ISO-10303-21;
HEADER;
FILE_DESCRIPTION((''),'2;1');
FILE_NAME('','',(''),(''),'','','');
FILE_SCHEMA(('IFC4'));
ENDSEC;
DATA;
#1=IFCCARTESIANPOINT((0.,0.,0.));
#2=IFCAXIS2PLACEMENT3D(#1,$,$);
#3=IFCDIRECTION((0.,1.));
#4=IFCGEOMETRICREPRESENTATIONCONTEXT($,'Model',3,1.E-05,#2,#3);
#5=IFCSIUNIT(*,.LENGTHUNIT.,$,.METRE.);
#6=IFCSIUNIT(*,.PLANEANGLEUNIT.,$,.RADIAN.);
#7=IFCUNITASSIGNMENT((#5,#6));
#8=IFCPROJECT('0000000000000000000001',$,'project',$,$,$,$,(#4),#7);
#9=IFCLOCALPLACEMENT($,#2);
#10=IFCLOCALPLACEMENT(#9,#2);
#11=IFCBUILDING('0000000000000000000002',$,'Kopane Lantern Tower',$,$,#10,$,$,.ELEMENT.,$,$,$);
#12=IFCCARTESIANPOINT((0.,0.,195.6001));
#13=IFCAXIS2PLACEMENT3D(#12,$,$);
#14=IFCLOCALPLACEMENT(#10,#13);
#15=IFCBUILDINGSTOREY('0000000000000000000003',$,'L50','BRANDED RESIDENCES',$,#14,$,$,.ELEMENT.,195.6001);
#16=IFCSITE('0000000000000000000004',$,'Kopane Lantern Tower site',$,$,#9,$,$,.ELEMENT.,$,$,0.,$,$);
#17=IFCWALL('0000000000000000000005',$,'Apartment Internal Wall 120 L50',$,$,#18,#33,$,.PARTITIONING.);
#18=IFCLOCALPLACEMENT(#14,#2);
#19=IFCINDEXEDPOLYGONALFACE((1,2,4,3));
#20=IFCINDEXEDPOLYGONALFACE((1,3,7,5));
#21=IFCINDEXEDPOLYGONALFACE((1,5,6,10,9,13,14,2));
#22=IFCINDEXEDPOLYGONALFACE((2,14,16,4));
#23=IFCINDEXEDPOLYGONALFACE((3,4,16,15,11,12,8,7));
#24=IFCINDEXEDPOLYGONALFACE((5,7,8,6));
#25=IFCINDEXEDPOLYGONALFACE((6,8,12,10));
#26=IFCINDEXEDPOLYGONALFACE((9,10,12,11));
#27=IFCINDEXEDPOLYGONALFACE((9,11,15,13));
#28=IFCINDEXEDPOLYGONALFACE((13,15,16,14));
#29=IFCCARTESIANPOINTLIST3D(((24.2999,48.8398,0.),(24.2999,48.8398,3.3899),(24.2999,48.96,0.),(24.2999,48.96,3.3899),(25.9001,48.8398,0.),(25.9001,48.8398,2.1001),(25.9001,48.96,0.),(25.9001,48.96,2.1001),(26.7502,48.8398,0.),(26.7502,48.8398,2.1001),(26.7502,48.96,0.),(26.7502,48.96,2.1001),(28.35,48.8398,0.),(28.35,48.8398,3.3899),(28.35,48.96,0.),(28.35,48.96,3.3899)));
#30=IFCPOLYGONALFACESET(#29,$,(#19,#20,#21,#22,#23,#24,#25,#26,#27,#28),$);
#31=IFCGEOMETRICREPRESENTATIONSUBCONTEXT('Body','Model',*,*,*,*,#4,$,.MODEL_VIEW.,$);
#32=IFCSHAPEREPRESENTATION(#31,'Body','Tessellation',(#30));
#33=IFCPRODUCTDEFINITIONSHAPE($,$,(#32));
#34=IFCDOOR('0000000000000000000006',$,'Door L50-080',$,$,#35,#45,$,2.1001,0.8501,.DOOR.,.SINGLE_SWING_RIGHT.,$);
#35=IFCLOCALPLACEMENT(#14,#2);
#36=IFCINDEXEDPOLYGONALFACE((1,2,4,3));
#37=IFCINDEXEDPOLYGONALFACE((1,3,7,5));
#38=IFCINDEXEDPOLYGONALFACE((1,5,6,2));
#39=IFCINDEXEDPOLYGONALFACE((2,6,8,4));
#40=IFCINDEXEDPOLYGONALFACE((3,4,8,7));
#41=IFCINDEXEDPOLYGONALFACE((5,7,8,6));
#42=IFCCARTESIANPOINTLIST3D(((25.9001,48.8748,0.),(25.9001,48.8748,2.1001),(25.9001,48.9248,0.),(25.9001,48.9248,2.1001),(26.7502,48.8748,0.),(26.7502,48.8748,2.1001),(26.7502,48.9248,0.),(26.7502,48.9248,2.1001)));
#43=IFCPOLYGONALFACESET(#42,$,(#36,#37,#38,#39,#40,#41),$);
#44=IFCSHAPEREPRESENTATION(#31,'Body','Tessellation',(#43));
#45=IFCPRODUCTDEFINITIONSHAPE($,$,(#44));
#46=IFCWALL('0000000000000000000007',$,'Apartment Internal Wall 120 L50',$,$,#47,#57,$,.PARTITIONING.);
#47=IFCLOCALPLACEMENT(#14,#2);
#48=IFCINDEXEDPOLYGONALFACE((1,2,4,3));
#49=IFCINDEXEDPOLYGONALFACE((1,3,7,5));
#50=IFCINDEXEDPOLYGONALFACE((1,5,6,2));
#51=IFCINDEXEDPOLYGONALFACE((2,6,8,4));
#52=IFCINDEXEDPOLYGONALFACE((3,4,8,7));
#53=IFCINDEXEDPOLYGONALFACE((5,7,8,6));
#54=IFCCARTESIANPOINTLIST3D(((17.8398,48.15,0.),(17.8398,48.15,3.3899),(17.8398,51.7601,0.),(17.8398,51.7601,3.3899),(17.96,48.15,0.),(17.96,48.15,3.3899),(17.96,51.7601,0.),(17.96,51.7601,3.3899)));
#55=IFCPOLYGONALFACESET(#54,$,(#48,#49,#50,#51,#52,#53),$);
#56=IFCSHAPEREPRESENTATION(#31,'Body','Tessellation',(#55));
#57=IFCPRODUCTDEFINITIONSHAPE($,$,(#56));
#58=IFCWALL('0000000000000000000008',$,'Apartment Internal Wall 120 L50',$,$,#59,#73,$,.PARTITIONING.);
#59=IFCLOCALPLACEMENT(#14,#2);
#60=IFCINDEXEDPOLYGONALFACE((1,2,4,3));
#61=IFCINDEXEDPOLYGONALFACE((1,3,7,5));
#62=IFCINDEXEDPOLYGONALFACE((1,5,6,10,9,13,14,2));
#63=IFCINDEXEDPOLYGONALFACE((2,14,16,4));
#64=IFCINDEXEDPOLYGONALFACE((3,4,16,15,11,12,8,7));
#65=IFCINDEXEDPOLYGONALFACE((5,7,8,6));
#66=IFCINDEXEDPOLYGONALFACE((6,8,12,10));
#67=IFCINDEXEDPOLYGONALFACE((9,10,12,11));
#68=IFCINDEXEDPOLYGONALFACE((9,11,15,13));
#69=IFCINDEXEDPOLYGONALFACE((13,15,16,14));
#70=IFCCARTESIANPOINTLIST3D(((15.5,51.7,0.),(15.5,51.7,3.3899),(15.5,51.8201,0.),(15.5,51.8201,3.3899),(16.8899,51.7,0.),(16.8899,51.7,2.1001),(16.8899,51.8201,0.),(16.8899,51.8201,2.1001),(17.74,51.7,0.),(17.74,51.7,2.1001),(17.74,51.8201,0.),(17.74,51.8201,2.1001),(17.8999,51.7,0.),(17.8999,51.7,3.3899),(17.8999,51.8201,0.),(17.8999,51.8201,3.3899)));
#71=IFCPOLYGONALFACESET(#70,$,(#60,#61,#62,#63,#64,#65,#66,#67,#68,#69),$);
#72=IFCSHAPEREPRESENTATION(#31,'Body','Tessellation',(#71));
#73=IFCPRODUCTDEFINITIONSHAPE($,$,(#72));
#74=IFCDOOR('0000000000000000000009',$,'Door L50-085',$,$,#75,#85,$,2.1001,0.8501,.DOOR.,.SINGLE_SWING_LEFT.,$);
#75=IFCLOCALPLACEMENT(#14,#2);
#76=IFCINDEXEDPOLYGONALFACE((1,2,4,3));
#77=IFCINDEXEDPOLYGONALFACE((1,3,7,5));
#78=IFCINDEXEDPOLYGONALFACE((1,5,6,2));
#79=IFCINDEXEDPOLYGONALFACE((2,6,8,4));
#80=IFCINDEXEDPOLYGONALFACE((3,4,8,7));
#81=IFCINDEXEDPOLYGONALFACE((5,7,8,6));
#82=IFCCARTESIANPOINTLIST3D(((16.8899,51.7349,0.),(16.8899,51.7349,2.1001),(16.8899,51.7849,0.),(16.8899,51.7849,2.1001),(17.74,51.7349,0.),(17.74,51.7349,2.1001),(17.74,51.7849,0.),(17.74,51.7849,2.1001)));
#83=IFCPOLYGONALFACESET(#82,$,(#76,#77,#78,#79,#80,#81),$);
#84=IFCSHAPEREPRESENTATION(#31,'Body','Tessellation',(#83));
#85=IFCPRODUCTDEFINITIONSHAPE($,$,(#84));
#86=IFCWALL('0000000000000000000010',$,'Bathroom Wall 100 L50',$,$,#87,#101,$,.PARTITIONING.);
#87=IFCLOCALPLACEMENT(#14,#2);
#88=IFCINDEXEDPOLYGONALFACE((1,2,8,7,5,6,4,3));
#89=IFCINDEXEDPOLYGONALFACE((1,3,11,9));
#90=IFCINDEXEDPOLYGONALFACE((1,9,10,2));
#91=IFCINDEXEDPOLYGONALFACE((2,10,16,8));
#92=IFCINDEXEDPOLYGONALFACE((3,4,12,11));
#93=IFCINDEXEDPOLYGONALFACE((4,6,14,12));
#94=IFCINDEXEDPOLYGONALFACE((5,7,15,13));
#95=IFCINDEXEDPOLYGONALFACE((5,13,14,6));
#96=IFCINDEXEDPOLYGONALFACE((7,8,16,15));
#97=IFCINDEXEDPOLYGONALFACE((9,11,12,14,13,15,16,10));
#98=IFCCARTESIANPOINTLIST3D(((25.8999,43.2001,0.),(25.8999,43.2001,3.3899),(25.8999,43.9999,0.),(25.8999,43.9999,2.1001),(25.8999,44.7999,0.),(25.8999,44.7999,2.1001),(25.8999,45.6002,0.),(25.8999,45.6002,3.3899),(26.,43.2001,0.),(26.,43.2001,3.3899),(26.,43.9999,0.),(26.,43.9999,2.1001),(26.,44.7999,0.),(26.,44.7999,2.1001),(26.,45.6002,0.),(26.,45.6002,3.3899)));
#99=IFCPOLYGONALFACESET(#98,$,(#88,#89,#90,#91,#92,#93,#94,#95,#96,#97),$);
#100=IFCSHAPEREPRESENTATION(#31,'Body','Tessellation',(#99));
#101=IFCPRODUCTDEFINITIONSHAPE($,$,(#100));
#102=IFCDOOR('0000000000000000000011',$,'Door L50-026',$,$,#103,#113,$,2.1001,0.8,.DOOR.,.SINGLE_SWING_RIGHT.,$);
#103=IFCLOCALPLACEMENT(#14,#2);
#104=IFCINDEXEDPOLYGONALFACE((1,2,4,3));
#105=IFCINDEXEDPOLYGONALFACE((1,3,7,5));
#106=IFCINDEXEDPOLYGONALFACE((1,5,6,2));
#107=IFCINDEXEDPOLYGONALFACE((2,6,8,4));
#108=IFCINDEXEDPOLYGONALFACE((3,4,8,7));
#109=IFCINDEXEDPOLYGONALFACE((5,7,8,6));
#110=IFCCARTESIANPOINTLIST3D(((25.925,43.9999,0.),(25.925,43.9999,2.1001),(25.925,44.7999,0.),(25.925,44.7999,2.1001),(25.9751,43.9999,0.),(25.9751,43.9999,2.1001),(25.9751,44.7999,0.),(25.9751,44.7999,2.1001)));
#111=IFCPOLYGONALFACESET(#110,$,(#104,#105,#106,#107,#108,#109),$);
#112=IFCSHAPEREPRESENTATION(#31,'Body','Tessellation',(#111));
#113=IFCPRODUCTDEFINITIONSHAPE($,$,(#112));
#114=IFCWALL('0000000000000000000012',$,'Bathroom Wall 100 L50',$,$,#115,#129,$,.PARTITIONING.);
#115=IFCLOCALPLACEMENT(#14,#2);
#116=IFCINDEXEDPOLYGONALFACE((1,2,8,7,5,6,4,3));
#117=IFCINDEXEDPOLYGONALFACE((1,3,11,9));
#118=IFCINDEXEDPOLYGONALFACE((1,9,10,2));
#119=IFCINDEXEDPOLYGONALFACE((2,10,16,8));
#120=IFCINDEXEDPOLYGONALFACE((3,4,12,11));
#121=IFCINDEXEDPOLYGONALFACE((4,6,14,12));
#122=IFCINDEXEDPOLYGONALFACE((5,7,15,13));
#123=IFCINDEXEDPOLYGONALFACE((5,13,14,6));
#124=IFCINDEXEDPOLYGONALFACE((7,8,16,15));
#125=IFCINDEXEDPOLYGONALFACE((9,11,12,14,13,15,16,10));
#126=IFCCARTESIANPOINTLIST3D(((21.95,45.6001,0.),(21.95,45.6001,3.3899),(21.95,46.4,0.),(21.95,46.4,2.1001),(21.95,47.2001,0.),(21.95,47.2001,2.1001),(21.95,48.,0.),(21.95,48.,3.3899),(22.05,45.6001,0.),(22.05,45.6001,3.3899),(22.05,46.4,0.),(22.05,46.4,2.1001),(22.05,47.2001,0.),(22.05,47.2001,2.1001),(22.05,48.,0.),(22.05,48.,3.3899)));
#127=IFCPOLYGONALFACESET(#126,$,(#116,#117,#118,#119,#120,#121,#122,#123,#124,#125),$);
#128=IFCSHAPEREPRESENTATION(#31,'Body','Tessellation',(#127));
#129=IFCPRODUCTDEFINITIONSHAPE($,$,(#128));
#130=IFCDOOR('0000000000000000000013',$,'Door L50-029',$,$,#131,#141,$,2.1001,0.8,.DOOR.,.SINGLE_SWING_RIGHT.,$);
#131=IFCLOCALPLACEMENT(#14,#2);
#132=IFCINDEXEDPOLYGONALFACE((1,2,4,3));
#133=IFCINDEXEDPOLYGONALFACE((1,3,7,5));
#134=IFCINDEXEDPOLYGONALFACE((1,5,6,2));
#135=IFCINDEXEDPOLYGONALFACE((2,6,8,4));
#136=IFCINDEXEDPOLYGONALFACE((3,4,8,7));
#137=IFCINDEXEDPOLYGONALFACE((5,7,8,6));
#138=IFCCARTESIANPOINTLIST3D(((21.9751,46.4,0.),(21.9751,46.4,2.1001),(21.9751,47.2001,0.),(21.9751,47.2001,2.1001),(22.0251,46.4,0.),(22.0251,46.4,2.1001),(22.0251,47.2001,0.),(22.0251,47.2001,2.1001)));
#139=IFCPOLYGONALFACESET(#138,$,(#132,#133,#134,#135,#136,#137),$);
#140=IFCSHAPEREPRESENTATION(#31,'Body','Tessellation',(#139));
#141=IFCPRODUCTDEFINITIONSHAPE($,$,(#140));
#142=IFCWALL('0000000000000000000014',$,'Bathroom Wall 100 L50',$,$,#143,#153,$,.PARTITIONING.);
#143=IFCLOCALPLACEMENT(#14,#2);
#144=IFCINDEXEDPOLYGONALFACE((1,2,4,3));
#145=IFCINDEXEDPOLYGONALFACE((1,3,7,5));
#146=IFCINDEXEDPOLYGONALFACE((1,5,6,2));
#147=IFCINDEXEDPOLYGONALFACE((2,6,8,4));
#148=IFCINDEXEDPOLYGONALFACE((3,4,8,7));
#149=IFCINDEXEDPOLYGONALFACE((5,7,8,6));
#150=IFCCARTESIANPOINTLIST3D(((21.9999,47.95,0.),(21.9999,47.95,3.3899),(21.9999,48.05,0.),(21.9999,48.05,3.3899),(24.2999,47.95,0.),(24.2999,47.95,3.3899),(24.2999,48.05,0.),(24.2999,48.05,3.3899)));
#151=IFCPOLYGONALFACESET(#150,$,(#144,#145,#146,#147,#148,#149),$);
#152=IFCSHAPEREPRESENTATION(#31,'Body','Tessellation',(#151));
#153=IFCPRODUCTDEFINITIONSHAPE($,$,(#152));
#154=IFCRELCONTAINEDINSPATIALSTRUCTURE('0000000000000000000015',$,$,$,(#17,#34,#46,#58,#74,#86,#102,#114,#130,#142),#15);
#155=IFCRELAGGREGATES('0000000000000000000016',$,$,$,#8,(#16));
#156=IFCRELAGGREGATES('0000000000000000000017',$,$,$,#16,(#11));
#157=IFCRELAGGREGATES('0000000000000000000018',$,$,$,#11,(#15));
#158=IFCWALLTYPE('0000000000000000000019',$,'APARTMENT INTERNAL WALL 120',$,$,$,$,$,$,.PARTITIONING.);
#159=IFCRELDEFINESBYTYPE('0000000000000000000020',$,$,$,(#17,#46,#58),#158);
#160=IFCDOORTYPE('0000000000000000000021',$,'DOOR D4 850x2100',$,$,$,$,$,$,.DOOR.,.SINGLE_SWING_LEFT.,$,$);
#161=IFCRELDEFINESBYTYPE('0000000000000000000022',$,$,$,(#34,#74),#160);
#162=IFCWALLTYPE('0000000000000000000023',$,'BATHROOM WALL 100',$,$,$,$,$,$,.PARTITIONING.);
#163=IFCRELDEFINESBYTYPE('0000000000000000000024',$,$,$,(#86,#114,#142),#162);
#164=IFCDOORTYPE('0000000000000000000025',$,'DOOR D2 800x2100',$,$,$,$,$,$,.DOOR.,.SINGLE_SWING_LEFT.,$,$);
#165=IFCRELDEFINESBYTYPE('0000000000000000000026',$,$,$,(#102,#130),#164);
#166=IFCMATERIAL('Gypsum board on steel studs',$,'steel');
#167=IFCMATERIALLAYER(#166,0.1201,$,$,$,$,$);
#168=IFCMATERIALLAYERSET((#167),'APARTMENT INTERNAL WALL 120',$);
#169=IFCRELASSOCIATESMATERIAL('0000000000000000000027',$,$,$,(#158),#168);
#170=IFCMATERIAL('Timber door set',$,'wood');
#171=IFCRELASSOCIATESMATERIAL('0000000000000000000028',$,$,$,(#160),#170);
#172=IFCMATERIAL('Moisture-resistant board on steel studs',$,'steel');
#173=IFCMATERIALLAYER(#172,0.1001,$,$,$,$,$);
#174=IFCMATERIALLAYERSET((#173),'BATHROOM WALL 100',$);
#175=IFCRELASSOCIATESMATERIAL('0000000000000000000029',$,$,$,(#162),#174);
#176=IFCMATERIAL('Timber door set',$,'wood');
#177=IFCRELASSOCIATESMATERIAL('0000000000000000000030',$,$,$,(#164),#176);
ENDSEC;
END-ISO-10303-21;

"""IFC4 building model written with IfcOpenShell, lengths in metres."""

from ifc_helpers import new_model, si_unit, direction, frame, frame_2d, origin, place, context, subcontext, project, spatial, rectangle, extrude, material, layer, layer_set, type_object, element, fill, save


model = new_model("IFC4")

# Units and contexts
model_context = context("Model", 3, precision=1e-05, world=origin(), true_north=direction((0.0, 1.0)))
body_context = subcontext(model_context, "Body", "Model", "MODEL_VIEW")
ifc_project = project(units=[si_unit("LENGTHUNIT", "METRE"), si_unit("PLANEANGLEUNIT", "RADIAN")], contexts=[model_context])

# Site, building, storey
site_placement = place(None, origin())
site = spatial("IfcSite", under=ifc_project, at=site_placement, Name="Kopane Lantern Tower site", CompositionType="ELEMENT", RefElevation=0.0)
building_placement = place(site_placement, origin())
building = spatial("IfcBuilding", under=site, at=building_placement, Name="Kopane Lantern Tower", CompositionType="ELEMENT")
storey_placement = place(building_placement, frame((0.0, 0.0, 195.6001)))
storey = spatial("IfcBuildingStorey", under=building, at=storey_placement, Name="L50", Description="BRANDED RESIDENCES", CompositionType="ELEMENT", Elevation=195.6001)

# Shared definitions
ifc_material_1 = material(Name="Gypsum board on steel studs", Category="steel")
ifc_layer_1 = layer(ifc_material_1, 0.1201)
ifc_layer_set_1 = layer_set([ifc_layer_1], Name="APARTMENT INTERNAL WALL 120")
wall_type_1 = type_object("IfcWallType", Name="APARTMENT INTERNAL WALL 120", PredefinedType="PARTITIONING", material=ifc_layer_set_1)

# Wall, opening, door
ifc_material_2 = material(Name="Timber door set", Category="wood")
door_type_1 = type_object("IfcDoorType", Name="DOOR D4 850x2100", OperationType="SINGLE_SWING_LEFT", PredefinedType="DOOR", material=ifc_material_2)
wall_1_placement = place(storey_placement, frame((24.3, 48.8999, 0.0), z_axis=(0.0, 0.0, 1.0), x_axis=(1.0, 0.0, 0.0)))
wall_1 = element("IfcWall", 1, at=wall_1_placement, inside=storey, type_object=wall_type_1, Name="Apartment Internal Wall 120 L50", PredefinedType="PARTITIONING", context=body_context, shape_type="SweptSolid", body=[
    extrude(rectangle(XDim=4.05, YDim=0.1201, at=frame_2d((2.0249, 0.0))), origin(), (0.0, 0.0, 1.0), 3.3899),
])
opening_1_placement = place(wall_1_placement, frame((1.6001, 0.0, 0.0)))
opening_1 = element("IfcOpeningElement", 2, at=opening_1_placement, cuts=wall_1, PredefinedType="OPENING", context=body_context, shape_type="SweptSolid", body=[
    extrude(rectangle(XDim=0.8501, YDim=2.1001, at=frame_2d((0.425, 1.05))), frame((0.0, 0.0701, 0.0), z_axis=(0.0, -1.0, 0.0), x_axis=(1.0, 0.0, 0.0)), (0.0, 0.0, 1.0), 0.1401),
])
door_1_placement = place(opening_1_placement, origin())
door_1 = element("IfcDoor", 3, at=door_1_placement, inside=storey, type_object=door_type_1, Name="Door L50-080", OperationType="SINGLE_SWING_RIGHT", OverallHeight=2.1001, OverallWidth=0.8501, PredefinedType="DOOR", context=body_context, shape_type="SweptSolid", body=[
    extrude(rectangle(XDim=0.8501, YDim=2.1001, at=frame_2d((0.425, 1.05))), frame((0.0, 0.0249, 0.0), z_axis=(0.0, -1.0, 0.0), x_axis=(1.0, 0.0, 0.0)), (0.0, 0.0, 1.0), 0.05),
])
fill(opening_1, door_1)

# Wall
wall_2_placement = place(storey_placement, frame((17.8999, 48.1499, 0.0), z_axis=(0.0, 0.0, 1.0), x_axis=(0.0, 1.0, 0.0)))
element("IfcWall", 4, at=wall_2_placement, inside=storey, type_object=wall_type_1, Name="Apartment Internal Wall 120 L50", PredefinedType="PARTITIONING", context=body_context, shape_type="SweptSolid", body=[
    extrude(rectangle(XDim=3.6101, YDim=0.1201, at=frame_2d((1.8052, 0.0))), origin(), (0.0, 0.0, 1.0), 3.3899),
])

# Walls, openings, doors
wall_3_placement = place(storey_placement, frame((15.5, 51.76, 0.0), z_axis=(0.0, 0.0, 1.0), x_axis=(1.0, 0.0, 0.0)))
wall_3 = element("IfcWall", 5, at=wall_3_placement, inside=storey, type_object=wall_type_1, Name="Apartment Internal Wall 120 L50", PredefinedType="PARTITIONING", context=body_context, shape_type="SweptSolid", body=[
    extrude(rectangle(XDim=2.3999, YDim=0.1201, at=frame_2d((1.2, 0.0))), origin(), (0.0, 0.0, 1.0), 3.3899),
])
opening_2_placement = place(wall_3_placement, frame((1.3899, 0.0, 0.0)))
opening_2 = element("IfcOpeningElement", 6, at=opening_2_placement, cuts=wall_3, PredefinedType="OPENING", context=body_context, shape_type="SweptSolid", body=[
    extrude(rectangle(XDim=0.8501, YDim=2.1001, at=frame_2d((0.425, 1.05))), frame((0.0, 0.0701, 0.0), z_axis=(0.0, -1.0, 0.0), x_axis=(1.0, 0.0, 0.0)), (0.0, 0.0, 1.0), 0.1401),
])
door_2_placement = place(opening_2_placement, origin())
door_2 = element("IfcDoor", 7, at=door_2_placement, inside=storey, type_object=door_type_1, Name="Door L50-085", OperationType="SINGLE_SWING_LEFT", OverallHeight=2.1001, OverallWidth=0.8501, PredefinedType="DOOR", context=body_context, shape_type="SweptSolid", body=[
    extrude(rectangle(XDim=0.8501, YDim=2.1001, at=frame_2d((0.425, 1.05))), frame((0.0, 0.0249, 0.0), z_axis=(0.0, -1.0, 0.0), x_axis=(1.0, 0.0, 0.0)), (0.0, 0.0, 1.0), 0.05),
])
fill(opening_2, door_2)
ifc_material_3 = material(Name="Moisture-resistant board on steel studs", Category="steel")
ifc_layer_2 = layer(ifc_material_3, 0.1001)
ifc_layer_set_2 = layer_set([ifc_layer_2], Name="BATHROOM WALL 100")
wall_type_2 = type_object("IfcWallType", Name="BATHROOM WALL 100", PredefinedType="PARTITIONING", material=ifc_layer_set_2)
wall_4_placement = place(storey_placement, frame((25.95, 43.2, 0.0), z_axis=(0.0, 0.0, 1.0), x_axis=(0.0, 1.0, 0.0)))
wall_4 = element("IfcWall", 8, at=wall_4_placement, inside=storey, type_object=wall_type_2, Name="Bathroom Wall 100 L50", PredefinedType="PARTITIONING", context=body_context, shape_type="SweptSolid", body=[
    extrude(rectangle(XDim=2.4001, YDim=0.1001, at=frame_2d((1.2002, 0.0))), origin(), (0.0, 0.0, 1.0), 3.3899),
])
opening_3_placement = place(wall_4_placement, frame((0.8, 0.0, 0.0)))
opening_3 = element("IfcOpeningElement", 9, at=opening_3_placement, cuts=wall_4, PredefinedType="OPENING", context=body_context, shape_type="SweptSolid", body=[
    extrude(rectangle(XDim=0.8, YDim=2.1001, at=frame_2d((0.3999, 1.05))), frame((0.0, 0.0601, 0.0), z_axis=(0.0, -1.0, 0.0), x_axis=(1.0, 0.0, 0.0)), (0.0, 0.0, 1.0), 0.1201),
])
ifc_material_4 = material(Name="Timber door set", Category="wood")
door_type_2 = type_object("IfcDoorType", Name="DOOR D2 800x2100", OperationType="SINGLE_SWING_LEFT", PredefinedType="DOOR", material=ifc_material_4)
door_3_placement = place(opening_3_placement, origin())
door_3 = element("IfcDoor", 10, at=door_3_placement, inside=storey, type_object=door_type_2, Name="Door L50-026", OperationType="SINGLE_SWING_RIGHT", OverallHeight=2.1001, OverallWidth=0.8, PredefinedType="DOOR", context=body_context, shape_type="SweptSolid", body=[
    extrude(rectangle(XDim=0.8, YDim=2.1001, at=frame_2d((0.3999, 1.05))), frame((0.0, 0.0249, 0.0), z_axis=(0.0, -1.0, 0.0), x_axis=(1.0, 0.0, 0.0)), (0.0, 0.0, 1.0), 0.05),
])
fill(opening_3, door_3)
wall_5_placement = place(storey_placement, frame((22.0, 45.6001, 0.0), z_axis=(0.0, 0.0, 1.0), x_axis=(0.0, 1.0, 0.0)))
wall_5 = element("IfcWall", 11, at=wall_5_placement, inside=storey, type_object=wall_type_2, Name="Bathroom Wall 100 L50", PredefinedType="PARTITIONING", context=body_context, shape_type="SweptSolid", body=[
    extrude(rectangle(XDim=2.3999, YDim=0.1001, at=frame_2d((1.2, 0.0))), origin(), (0.0, 0.0, 1.0), 3.3899),
])
opening_4_placement = place(wall_5_placement, frame((0.8, 0.0, 0.0)))
opening_4 = element("IfcOpeningElement", 12, at=opening_4_placement, cuts=wall_5, PredefinedType="OPENING", context=body_context, shape_type="SweptSolid", body=[
    extrude(rectangle(XDim=0.8, YDim=2.1001, at=frame_2d((0.3999, 1.05))), frame((0.0, 0.0601, 0.0), z_axis=(0.0, -1.0, 0.0), x_axis=(1.0, 0.0, 0.0)), (0.0, 0.0, 1.0), 0.1201),
])
door_4_placement = place(opening_4_placement, origin())
door_4 = element("IfcDoor", 13, at=door_4_placement, inside=storey, type_object=door_type_2, Name="Door L50-029", OperationType="SINGLE_SWING_RIGHT", OverallHeight=2.1001, OverallWidth=0.8, PredefinedType="DOOR", context=body_context, shape_type="SweptSolid", body=[
    extrude(rectangle(XDim=0.8, YDim=2.1001, at=frame_2d((0.3999, 1.05))), frame((0.0, 0.0249, 0.0), z_axis=(0.0, -1.0, 0.0), x_axis=(1.0, 0.0, 0.0)), (0.0, 0.0, 1.0), 0.05),
])
fill(opening_4, door_4)

# Wall
wall_6_placement = place(storey_placement, frame((22.0, 48.0, 0.0), z_axis=(0.0, 0.0, 1.0), x_axis=(1.0, 0.0, 0.0)))
element("IfcWall", 14, at=wall_6_placement, inside=storey, type_object=wall_type_2, Name="Bathroom Wall 100 L50", PredefinedType="PARTITIONING", context=body_context, shape_type="SweptSolid", body=[
    extrude(rectangle(XDim=2.3, YDim=0.1001, at=frame_2d((1.1499, 0.0))), origin(), (0.0, 0.0, 1.0), 3.3899),
])

save(model, "model.ifc")
